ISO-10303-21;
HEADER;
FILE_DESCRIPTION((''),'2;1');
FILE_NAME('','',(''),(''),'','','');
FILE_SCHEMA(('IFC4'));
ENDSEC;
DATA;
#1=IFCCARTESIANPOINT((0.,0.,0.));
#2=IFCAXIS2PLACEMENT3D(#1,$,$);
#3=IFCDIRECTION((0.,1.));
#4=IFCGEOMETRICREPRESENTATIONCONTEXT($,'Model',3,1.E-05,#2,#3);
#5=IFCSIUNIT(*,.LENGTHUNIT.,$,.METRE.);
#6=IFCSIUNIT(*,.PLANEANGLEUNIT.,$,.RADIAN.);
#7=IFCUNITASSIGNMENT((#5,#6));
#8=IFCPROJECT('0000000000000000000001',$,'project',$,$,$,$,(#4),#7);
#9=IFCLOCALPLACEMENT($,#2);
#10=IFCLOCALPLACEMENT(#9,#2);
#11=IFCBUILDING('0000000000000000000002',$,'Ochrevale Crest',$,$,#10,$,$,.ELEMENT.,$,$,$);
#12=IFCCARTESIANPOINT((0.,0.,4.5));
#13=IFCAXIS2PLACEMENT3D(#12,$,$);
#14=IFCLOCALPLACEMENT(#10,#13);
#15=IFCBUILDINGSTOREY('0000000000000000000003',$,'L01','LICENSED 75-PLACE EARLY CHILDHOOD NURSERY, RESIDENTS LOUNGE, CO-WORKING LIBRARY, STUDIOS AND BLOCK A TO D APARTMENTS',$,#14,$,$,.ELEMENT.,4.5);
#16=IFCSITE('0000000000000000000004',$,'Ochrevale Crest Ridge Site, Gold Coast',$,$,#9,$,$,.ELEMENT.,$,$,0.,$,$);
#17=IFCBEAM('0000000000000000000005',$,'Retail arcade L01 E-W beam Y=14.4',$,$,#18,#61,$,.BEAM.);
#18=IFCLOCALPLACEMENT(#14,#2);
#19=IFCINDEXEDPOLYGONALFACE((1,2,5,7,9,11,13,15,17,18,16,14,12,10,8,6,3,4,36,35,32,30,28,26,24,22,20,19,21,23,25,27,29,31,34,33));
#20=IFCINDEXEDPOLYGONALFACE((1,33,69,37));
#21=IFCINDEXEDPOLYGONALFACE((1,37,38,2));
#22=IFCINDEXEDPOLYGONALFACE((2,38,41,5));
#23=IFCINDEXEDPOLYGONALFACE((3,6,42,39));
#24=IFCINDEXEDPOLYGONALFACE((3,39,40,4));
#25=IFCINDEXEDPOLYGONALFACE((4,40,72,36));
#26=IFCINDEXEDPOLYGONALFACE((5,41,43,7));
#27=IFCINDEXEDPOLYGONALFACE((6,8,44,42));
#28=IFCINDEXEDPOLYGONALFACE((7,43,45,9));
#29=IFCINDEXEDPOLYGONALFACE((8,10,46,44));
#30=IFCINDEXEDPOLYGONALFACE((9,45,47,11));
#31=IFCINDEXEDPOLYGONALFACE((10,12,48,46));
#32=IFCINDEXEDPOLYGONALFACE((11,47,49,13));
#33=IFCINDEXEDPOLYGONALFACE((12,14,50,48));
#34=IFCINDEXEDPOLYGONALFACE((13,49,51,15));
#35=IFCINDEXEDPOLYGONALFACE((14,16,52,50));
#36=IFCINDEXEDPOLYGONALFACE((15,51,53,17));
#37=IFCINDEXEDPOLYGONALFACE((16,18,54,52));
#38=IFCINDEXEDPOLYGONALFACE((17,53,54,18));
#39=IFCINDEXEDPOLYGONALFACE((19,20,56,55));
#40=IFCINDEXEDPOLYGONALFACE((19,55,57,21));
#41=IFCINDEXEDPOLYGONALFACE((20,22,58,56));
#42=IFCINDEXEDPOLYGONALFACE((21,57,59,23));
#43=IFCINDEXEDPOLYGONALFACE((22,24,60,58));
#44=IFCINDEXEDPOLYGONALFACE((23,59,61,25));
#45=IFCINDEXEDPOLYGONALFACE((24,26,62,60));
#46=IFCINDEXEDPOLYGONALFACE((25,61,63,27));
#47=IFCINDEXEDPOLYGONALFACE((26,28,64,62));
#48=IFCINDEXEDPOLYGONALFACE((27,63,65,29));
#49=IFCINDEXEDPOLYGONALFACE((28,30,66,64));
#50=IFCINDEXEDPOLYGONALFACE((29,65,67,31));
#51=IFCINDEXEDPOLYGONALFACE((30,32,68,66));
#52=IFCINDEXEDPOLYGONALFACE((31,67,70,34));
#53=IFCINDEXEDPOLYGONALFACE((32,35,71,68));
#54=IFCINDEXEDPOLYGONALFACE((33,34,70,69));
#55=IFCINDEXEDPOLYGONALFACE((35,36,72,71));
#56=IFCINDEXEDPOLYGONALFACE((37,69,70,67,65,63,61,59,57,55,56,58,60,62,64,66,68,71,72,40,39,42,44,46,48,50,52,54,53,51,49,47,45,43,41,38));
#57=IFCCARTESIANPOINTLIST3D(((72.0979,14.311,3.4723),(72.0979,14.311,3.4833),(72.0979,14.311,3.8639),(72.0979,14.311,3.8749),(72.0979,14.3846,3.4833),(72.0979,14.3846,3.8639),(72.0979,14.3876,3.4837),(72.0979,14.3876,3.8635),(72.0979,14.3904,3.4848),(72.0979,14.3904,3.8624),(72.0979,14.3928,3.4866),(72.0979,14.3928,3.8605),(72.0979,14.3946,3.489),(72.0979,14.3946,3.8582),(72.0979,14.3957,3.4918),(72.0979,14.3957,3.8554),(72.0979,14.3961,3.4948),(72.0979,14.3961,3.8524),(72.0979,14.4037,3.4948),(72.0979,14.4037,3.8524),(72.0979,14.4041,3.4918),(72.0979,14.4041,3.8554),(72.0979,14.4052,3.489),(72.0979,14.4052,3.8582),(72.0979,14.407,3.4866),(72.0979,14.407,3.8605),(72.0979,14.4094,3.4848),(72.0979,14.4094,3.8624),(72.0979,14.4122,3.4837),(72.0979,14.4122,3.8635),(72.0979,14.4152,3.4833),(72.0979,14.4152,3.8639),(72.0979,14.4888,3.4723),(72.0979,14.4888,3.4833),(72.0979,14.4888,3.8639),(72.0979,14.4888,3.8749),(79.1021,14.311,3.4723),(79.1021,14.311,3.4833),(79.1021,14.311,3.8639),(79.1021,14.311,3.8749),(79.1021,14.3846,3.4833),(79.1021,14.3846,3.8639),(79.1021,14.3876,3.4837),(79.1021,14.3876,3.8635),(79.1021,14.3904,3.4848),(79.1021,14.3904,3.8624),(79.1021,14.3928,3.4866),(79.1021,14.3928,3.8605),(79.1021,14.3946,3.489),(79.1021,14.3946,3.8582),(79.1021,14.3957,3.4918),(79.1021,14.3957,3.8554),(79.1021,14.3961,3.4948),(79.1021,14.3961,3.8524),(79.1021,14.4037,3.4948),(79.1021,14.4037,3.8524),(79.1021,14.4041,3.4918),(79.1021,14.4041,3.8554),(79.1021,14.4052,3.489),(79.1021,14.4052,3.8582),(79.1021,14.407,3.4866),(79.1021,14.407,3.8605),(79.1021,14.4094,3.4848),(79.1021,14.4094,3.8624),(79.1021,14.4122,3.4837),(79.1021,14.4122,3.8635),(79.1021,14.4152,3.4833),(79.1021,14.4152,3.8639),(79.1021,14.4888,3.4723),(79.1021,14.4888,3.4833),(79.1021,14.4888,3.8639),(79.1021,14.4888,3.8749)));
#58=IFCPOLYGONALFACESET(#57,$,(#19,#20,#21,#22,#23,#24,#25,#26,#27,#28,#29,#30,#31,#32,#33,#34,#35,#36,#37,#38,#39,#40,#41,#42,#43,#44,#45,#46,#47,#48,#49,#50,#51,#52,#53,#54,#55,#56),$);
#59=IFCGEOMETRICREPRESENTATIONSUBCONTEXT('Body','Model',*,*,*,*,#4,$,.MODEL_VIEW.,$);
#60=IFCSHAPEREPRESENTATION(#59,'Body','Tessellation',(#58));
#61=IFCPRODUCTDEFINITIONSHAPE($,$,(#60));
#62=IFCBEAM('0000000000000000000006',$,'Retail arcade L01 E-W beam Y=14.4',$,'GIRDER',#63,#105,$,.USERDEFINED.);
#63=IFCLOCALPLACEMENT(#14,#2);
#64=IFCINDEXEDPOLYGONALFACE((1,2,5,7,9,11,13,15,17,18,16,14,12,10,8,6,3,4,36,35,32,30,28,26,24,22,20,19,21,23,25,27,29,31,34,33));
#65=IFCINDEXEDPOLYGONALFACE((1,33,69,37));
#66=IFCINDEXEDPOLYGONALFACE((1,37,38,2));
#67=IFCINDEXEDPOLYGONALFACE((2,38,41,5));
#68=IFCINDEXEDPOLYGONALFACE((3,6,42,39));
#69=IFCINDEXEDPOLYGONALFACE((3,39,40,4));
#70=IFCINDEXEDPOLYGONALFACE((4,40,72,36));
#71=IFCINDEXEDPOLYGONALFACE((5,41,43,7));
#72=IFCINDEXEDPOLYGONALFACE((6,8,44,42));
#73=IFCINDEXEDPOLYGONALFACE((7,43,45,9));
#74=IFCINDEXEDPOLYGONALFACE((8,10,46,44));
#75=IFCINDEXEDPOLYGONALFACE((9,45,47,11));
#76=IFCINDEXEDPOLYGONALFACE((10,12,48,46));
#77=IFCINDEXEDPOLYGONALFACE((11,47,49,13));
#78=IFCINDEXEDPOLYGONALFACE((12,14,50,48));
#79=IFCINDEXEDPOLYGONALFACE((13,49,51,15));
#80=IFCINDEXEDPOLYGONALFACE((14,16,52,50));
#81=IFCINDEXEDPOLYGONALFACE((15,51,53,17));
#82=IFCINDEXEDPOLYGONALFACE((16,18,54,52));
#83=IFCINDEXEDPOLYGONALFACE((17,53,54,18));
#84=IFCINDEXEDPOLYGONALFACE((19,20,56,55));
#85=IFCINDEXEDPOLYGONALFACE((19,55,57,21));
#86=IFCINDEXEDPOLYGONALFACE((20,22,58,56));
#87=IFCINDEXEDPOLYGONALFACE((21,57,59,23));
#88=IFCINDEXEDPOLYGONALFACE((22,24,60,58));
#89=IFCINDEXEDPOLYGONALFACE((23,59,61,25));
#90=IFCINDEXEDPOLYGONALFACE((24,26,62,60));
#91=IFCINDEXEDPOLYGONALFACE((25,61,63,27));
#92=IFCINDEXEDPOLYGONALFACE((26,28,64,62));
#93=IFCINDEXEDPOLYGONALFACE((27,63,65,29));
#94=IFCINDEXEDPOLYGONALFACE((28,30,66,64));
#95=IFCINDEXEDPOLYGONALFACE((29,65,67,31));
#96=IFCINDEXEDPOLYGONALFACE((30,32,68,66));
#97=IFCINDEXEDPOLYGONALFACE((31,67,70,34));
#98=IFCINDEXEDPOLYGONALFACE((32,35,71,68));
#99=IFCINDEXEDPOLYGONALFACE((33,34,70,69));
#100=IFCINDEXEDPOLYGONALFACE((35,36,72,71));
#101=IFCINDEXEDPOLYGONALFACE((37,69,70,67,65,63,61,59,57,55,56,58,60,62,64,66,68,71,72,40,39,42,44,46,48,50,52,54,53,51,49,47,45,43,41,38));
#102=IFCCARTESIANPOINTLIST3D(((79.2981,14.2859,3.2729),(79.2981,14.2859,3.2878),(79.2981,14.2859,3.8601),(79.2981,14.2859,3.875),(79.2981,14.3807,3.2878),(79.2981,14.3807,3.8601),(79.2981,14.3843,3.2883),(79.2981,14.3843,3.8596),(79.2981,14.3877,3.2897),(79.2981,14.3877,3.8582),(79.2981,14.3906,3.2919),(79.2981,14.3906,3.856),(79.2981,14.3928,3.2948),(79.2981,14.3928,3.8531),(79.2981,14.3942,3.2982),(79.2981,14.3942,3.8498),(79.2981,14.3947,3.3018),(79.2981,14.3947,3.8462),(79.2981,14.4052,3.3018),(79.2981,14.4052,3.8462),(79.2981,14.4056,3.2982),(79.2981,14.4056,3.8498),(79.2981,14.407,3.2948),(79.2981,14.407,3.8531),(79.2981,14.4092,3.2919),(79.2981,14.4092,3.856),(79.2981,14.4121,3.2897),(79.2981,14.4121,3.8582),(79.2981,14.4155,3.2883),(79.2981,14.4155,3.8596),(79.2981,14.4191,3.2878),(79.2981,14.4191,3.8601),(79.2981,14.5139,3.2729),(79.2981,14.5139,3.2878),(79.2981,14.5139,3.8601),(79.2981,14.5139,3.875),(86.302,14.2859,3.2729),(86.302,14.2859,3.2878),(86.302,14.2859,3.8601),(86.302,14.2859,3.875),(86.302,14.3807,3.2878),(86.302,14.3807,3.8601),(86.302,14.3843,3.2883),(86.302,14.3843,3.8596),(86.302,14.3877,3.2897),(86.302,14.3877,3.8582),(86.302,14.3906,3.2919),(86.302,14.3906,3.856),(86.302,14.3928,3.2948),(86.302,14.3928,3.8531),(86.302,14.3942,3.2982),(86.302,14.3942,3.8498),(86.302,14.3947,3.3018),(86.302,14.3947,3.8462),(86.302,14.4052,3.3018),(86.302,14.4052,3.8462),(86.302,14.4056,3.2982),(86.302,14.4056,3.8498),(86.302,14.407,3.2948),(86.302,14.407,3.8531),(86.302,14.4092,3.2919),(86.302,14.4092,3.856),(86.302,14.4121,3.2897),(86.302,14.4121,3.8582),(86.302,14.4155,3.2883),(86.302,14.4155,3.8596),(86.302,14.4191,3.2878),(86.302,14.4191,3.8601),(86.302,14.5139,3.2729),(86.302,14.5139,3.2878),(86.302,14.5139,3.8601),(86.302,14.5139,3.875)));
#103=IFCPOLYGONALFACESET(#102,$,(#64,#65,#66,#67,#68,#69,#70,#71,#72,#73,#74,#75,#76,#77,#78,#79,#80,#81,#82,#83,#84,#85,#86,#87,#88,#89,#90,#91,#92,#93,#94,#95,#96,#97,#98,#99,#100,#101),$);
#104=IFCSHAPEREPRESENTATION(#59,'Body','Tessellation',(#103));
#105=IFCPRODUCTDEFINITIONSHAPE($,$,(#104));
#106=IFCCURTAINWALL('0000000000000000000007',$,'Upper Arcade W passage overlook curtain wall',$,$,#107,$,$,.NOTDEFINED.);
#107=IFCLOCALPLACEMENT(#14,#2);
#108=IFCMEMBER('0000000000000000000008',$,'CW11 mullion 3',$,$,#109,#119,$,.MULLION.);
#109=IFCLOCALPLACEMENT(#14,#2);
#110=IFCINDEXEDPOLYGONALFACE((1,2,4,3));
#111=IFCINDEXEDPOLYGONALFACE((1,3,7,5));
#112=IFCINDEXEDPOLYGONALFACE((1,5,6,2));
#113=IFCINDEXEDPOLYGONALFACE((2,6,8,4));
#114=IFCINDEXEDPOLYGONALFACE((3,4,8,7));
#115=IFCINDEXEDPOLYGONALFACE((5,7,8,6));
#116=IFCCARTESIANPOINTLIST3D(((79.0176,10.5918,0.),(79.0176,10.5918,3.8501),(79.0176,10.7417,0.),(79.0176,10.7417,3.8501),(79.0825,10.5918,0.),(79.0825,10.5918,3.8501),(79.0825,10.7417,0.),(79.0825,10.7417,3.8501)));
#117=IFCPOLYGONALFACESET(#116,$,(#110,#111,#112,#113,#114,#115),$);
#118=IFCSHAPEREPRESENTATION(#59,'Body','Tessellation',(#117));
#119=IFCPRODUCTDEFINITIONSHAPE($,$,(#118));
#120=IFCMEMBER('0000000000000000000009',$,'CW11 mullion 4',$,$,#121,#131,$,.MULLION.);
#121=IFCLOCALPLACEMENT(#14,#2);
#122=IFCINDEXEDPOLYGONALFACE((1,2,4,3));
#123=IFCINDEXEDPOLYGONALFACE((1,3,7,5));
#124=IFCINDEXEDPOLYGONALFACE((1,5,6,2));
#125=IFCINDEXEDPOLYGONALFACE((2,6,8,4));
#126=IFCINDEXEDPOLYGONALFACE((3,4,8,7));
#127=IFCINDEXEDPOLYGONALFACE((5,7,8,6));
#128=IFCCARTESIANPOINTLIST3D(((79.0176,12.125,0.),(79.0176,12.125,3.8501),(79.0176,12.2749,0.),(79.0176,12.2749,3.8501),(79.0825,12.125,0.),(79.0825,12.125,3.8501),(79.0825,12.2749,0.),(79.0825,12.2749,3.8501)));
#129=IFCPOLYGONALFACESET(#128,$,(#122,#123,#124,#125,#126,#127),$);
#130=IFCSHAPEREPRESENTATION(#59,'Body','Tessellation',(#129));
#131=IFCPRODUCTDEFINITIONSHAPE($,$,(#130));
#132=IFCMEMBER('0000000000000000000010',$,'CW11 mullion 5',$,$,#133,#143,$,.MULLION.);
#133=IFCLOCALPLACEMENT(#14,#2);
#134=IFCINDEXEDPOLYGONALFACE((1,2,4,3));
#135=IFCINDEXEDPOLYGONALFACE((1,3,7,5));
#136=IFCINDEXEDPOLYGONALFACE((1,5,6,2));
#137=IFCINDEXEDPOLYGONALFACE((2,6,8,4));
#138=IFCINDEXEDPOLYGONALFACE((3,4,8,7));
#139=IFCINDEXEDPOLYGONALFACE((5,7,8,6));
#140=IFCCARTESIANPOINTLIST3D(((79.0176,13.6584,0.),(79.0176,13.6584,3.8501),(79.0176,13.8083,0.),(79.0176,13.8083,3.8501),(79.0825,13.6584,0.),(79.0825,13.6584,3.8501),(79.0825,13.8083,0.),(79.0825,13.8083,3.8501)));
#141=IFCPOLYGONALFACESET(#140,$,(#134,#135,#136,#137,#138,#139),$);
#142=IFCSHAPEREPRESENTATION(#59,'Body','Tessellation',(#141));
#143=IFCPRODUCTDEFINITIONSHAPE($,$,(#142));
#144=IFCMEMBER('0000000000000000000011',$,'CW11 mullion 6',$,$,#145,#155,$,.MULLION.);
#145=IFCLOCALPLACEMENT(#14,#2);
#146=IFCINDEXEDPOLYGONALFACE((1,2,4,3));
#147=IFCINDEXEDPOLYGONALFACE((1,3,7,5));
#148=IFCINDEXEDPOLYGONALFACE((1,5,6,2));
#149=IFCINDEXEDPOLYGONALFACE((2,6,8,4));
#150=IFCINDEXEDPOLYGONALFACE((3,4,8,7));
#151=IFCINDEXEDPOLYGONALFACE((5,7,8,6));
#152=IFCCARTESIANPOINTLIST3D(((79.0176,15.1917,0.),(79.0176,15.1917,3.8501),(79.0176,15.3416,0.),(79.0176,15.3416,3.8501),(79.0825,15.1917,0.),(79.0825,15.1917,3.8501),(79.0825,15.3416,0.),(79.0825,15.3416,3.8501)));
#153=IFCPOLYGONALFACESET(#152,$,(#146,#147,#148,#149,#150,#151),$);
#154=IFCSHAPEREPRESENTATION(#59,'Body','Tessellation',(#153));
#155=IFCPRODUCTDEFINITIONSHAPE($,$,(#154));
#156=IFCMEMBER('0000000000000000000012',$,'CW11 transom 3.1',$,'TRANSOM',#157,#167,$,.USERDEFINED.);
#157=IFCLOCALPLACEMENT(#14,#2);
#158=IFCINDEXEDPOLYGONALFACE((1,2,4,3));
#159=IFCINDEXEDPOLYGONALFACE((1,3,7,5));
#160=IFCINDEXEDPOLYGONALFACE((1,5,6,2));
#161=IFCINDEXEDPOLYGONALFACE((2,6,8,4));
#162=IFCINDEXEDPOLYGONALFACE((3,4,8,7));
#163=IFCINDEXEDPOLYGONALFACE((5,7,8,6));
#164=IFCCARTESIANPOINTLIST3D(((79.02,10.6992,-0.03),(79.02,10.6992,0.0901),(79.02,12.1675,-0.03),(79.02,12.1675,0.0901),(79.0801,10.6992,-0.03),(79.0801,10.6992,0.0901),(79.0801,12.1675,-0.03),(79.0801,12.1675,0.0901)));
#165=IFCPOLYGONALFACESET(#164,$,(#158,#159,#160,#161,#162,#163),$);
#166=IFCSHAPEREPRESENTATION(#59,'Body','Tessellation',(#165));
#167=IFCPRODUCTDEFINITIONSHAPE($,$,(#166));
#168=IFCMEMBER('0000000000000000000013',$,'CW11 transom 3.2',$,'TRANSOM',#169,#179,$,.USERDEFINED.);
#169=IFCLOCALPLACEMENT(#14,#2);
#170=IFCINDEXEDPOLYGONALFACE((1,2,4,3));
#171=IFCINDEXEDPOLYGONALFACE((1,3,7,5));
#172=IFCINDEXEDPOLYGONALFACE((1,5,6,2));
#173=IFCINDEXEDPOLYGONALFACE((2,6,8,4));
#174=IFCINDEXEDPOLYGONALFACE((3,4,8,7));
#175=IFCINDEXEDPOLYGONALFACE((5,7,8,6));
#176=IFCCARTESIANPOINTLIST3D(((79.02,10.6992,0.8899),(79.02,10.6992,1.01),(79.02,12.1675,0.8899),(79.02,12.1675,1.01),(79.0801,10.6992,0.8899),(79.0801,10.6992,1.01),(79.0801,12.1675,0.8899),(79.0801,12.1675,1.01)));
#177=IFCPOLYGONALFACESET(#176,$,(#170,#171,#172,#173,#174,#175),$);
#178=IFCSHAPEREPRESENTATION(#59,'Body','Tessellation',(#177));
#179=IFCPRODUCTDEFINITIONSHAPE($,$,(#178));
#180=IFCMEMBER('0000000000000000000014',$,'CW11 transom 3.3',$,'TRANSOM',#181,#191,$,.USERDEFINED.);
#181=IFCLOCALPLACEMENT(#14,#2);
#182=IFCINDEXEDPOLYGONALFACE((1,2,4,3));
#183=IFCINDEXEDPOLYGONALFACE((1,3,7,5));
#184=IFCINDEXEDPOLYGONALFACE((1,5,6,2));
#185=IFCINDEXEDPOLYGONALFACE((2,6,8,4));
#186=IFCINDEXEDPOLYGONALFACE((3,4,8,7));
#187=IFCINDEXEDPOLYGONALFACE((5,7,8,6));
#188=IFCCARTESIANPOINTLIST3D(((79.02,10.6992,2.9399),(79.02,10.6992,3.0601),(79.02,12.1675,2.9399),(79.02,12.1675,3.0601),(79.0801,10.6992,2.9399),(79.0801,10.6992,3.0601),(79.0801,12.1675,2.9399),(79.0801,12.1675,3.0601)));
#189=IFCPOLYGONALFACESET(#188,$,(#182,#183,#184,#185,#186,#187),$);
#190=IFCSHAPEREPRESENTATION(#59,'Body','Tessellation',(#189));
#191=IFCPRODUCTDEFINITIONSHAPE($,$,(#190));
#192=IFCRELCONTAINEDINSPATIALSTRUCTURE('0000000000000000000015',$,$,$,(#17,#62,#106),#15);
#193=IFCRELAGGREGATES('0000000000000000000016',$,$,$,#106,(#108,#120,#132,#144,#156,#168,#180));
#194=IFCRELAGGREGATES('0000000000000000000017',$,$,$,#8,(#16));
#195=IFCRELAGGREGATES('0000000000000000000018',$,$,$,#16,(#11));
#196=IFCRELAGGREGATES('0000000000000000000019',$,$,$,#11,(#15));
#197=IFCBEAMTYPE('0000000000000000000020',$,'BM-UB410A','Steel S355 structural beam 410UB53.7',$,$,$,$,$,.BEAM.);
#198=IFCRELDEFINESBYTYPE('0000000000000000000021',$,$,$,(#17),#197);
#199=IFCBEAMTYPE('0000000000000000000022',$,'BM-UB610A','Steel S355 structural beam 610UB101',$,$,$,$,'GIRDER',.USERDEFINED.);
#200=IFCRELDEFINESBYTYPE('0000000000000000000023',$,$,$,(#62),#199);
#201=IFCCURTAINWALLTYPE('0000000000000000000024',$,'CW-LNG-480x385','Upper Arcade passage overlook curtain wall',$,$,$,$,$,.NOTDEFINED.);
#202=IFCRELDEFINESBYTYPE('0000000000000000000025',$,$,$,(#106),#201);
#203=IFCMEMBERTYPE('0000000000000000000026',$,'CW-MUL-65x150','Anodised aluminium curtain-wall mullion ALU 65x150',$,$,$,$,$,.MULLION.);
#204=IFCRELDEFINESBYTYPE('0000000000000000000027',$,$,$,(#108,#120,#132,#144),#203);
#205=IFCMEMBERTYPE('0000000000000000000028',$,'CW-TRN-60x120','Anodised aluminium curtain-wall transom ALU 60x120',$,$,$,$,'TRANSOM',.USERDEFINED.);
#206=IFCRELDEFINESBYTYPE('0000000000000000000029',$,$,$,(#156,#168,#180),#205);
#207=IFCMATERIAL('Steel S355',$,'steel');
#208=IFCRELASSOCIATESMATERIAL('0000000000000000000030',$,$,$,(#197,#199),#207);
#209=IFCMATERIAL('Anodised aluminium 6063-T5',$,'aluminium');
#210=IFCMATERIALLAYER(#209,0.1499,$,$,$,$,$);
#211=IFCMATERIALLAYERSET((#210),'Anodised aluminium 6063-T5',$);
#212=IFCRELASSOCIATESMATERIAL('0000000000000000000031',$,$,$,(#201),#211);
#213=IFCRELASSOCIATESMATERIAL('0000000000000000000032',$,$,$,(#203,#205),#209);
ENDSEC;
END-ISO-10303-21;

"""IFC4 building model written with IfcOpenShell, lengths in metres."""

from ifc_helpers import new_model, si_unit, direction, frame, origin, origin_2d, place, context, subcontext, project, spatial, rectangle, i_section, extrude, material, layer, layer_set, material_profile, profile_set, type_object, element, aggregate, save


model = new_model("IFC4")

# Units and contexts
model_context = context("Model", 3, precision=1e-05, world=origin(), true_north=direction((0.0, 1.0)))
body_context = subcontext(model_context, "Body", "Model", "MODEL_VIEW")
ifc_project = project(units=[si_unit("LENGTHUNIT", "METRE"), si_unit("PLANEANGLEUNIT", "RADIAN")], contexts=[model_context])

# Site, building, storey
site_placement = place(None, origin())
site = spatial("IfcSite", under=ifc_project, at=site_placement, Name="Ochrevale Crest Ridge Site, Gold Coast", CompositionType="ELEMENT", RefElevation=0.0)
building_placement = place(site_placement, origin())
building = spatial("IfcBuilding", under=site, at=building_placement, Name="Ochrevale Crest", CompositionType="ELEMENT")
storey_placement = place(building_placement, frame((0.0, 0.0, 4.5)))
storey = spatial("IfcBuildingStorey", under=building, at=storey_placement, Name="L01", Description="LICENSED 75-PLACE EARLY CHILDHOOD NURSERY, RESIDENTS LOUNGE, CO-WORKING LIBRARY, STUDIOS AND BLOCK A TO D APARTMENTS", CompositionType="ELEMENT", Elevation=4.5)

# Shared definitions
ifc_material_1 = material(Name="Steel S355", Category="steel")

# Beams
ifc_material_profile_1 = material_profile(ifc_material_1, i_section(OverallWidth=0.1777, OverallDepth=0.4026, WebThickness=0.0076, FlangeThickness=0.011, FilletRadius=0.0115, at=origin_2d()), Name="410UB53.7")
ifc_profile_set_1 = profile_set([ifc_material_profile_1], Name="Steel S355")
beam_type_1 = type_object("IfcBeamType", Name="BM-UB410A", Description="Steel S355 structural beam 410UB53.7", PredefinedType="BEAM", material=ifc_profile_set_1)
beam_1_placement = place(storey_placement, frame((72.0979, 14.3999, 3.6736), z_axis=(1.0, 0.0, 0.0), x_axis=(0.0, 1.0, 0.0)))
element("IfcBeam", 1, at=beam_1_placement, inside=storey, type_object=beam_type_1, Name="Retail arcade L01 E-W beam Y=14.4", PredefinedType="BEAM", context=body_context, shape_type="SweptSolid", body=[
    extrude(i_section(OverallWidth=0.1777, OverallDepth=0.4026, WebThickness=0.0076, FlangeThickness=0.011, FilletRadius=0.0115, at=origin_2d()), origin(), (0.0, 0.0, 1.0), 7.0042),
])
ifc_material_profile_2 = material_profile(ifc_material_1, i_section(OverallWidth=0.228, OverallDepth=0.6021, WebThickness=0.0105, FlangeThickness=0.0149, FilletRadius=0.0139, at=origin_2d()), Name="610UB101")
ifc_profile_set_2 = profile_set([ifc_material_profile_2], Name="Steel S355")
beam_type_2 = type_object("IfcBeamType", Name="BM-UB610A", Description="Steel S355 structural beam 610UB101", ElementType="GIRDER", PredefinedType="USERDEFINED", material=ifc_profile_set_2)
beam_2_placement = place(storey_placement, frame((79.2981, 14.3999, 3.574), z_axis=(1.0, 0.0, 0.0), x_axis=(0.0, 1.0, 0.0)))
element("IfcBeam", 2, at=beam_2_placement, inside=storey, type_object=beam_type_2, Name="Retail arcade L01 E-W beam Y=14.4", ObjectType="GIRDER", PredefinedType="USERDEFINED", context=body_context, shape_type="SweptSolid", body=[
    extrude(i_section(OverallWidth=0.228, OverallDepth=0.6021, WebThickness=0.0105, FlangeThickness=0.0149, FilletRadius=0.0139, at=origin_2d()), origin(), (0.0, 0.0, 1.0), 7.0039),
])

# Curtain wall, members
ifc_material_2 = material(Name="Anodised aluminium 6063-T5", Category="aluminium")
ifc_layer_1 = layer(ifc_material_2, 0.1499)
ifc_layer_set_1 = layer_set([ifc_layer_1], Name="Anodised aluminium 6063-T5")
curtain_wall_type = type_object("IfcCurtainWallType", Name="CW-LNG-480x385", Description="Upper Arcade passage overlook curtain wall", PredefinedType="NOTDEFINED", material=ifc_layer_set_1)
curtain_wall_placement = place(storey_placement, origin())
curtain_wall = element("IfcCurtainWall", 3, at=curtain_wall_placement, inside=storey, type_object=curtain_wall_type, Name="Upper Arcade W passage overlook curtain wall", PredefinedType="NOTDEFINED")
ifc_material_profile_3 = material_profile(ifc_material_2, rectangle(XDim=0.0649, YDim=0.1499, at=origin_2d()), Name="ALU 65x150")
ifc_profile_set_3 = profile_set([ifc_material_profile_3], Name="Anodised aluminium 6063-T5")
member_type_1 = type_object("IfcMemberType", Name="CW-MUL-65x150", Description="Anodised aluminium curtain-wall mullion ALU 65x150", PredefinedType="MULLION", material=ifc_profile_set_3)
member_1_placement = place(storey_placement, frame((79.05, 10.6667, 0.0), z_axis=(0.0, 0.0, 1.0), x_axis=(-1.0, 0.0, 0.0)))
member_1 = element("IfcMember", 4, at=member_1_placement, type_object=member_type_1, Name="CW11 mullion 3", PredefinedType="MULLION", context=body_context, shape_type="SweptSolid", body=[
    extrude(rectangle(XDim=0.0649, YDim=0.1499, at=origin_2d()), origin(), (0.0, 0.0, 1.0), 3.8501),
])
member_2_placement = place(storey_placement, frame((79.05, 12.2, 0.0), z_axis=(0.0, 0.0, 1.0), x_axis=(-1.0, 0.0, 0.0)))
member_2 = element("IfcMember", 5, at=member_2_placement, type_object=member_type_1, Name="CW11 mullion 4", PredefinedType="MULLION", context=body_context, shape_type="SweptSolid", body=[
    extrude(rectangle(XDim=0.0649, YDim=0.1499, at=origin_2d()), origin(), (0.0, 0.0, 1.0), 3.8501),
])
member_3_placement = place(storey_placement, frame((79.05, 13.7334, 0.0), z_axis=(0.0, 0.0, 1.0), x_axis=(-1.0, 0.0, 0.0)))
member_3 = element("IfcMember", 6, at=member_3_placement, type_object=member_type_1, Name="CW11 mullion 5", PredefinedType="MULLION", context=body_context, shape_type="SweptSolid", body=[
    extrude(rectangle(XDim=0.0649, YDim=0.1499, at=origin_2d()), origin(), (0.0, 0.0, 1.0), 3.8501),
])
member_4_placement = place(storey_placement, frame((79.05, 15.2666, 0.0), z_axis=(0.0, 0.0, 1.0), x_axis=(-1.0, 0.0, 0.0)))
member_4 = element("IfcMember", 7, at=member_4_placement, type_object=member_type_1, Name="CW11 mullion 6", PredefinedType="MULLION", context=body_context, shape_type="SweptSolid", body=[
    extrude(rectangle(XDim=0.0649, YDim=0.1499, at=origin_2d()), origin(), (0.0, 0.0, 1.0), 3.8501),
])
ifc_material_profile_4 = material_profile(ifc_material_2, rectangle(XDim=0.0601, YDim=0.1201, at=origin_2d()), Name="ALU 60x120")
ifc_profile_set_4 = profile_set([ifc_material_profile_4], Name="Anodised aluminium 6063-T5")
member_type_2 = type_object("IfcMemberType", Name="CW-TRN-60x120", Description="Anodised aluminium curtain-wall transom ALU 60x120", ElementType="TRANSOM", PredefinedType="USERDEFINED", material=ifc_profile_set_4)
member_5_placement = place(storey_placement, frame((79.05, 10.6992, 0.03), z_axis=(0.0, 1.0, 0.0), x_axis=(-1.0, 0.0, 0.0)))
member_5 = element("IfcMember", 8, at=member_5_placement, type_object=member_type_2, Name="CW11 transom 3.1", ObjectType="TRANSOM", PredefinedType="USERDEFINED", context=body_context, shape_type="SweptSolid", body=[
    extrude(rectangle(XDim=0.0601, YDim=0.1201, at=origin_2d()), origin(), (0.0, 0.0, 1.0), 1.4683),
])
member_6_placement = place(storey_placement, frame((79.05, 10.6992, 0.95), z_axis=(0.0, 1.0, 0.0), x_axis=(-1.0, 0.0, 0.0)))
member_6 = element("IfcMember", 9, at=member_6_placement, type_object=member_type_2, Name="CW11 transom 3.2", ObjectType="TRANSOM", PredefinedType="USERDEFINED", context=body_context, shape_type="SweptSolid", body=[
    extrude(rectangle(XDim=0.0601, YDim=0.1201, at=origin_2d()), origin(), (0.0, 0.0, 1.0), 1.4683),
])
member_7_placement = place(storey_placement, frame((79.05, 10.6992, 3.0), z_axis=(0.0, 1.0, 0.0), x_axis=(-1.0, 0.0, 0.0)))
member_7 = element("IfcMember", 10, at=member_7_placement, type_object=member_type_2, Name="CW11 transom 3.3", ObjectType="TRANSOM", PredefinedType="USERDEFINED", context=body_context, shape_type="SweptSolid", body=[
    extrude(rectangle(XDim=0.0601, YDim=0.1201, at=origin_2d()), origin(), (0.0, 0.0, 1.0), 1.4683),
])
aggregate(curtain_wall, [member_1, member_2, member_3, member_4, member_5, member_6, member_7])

save(model, "model.ifc")
